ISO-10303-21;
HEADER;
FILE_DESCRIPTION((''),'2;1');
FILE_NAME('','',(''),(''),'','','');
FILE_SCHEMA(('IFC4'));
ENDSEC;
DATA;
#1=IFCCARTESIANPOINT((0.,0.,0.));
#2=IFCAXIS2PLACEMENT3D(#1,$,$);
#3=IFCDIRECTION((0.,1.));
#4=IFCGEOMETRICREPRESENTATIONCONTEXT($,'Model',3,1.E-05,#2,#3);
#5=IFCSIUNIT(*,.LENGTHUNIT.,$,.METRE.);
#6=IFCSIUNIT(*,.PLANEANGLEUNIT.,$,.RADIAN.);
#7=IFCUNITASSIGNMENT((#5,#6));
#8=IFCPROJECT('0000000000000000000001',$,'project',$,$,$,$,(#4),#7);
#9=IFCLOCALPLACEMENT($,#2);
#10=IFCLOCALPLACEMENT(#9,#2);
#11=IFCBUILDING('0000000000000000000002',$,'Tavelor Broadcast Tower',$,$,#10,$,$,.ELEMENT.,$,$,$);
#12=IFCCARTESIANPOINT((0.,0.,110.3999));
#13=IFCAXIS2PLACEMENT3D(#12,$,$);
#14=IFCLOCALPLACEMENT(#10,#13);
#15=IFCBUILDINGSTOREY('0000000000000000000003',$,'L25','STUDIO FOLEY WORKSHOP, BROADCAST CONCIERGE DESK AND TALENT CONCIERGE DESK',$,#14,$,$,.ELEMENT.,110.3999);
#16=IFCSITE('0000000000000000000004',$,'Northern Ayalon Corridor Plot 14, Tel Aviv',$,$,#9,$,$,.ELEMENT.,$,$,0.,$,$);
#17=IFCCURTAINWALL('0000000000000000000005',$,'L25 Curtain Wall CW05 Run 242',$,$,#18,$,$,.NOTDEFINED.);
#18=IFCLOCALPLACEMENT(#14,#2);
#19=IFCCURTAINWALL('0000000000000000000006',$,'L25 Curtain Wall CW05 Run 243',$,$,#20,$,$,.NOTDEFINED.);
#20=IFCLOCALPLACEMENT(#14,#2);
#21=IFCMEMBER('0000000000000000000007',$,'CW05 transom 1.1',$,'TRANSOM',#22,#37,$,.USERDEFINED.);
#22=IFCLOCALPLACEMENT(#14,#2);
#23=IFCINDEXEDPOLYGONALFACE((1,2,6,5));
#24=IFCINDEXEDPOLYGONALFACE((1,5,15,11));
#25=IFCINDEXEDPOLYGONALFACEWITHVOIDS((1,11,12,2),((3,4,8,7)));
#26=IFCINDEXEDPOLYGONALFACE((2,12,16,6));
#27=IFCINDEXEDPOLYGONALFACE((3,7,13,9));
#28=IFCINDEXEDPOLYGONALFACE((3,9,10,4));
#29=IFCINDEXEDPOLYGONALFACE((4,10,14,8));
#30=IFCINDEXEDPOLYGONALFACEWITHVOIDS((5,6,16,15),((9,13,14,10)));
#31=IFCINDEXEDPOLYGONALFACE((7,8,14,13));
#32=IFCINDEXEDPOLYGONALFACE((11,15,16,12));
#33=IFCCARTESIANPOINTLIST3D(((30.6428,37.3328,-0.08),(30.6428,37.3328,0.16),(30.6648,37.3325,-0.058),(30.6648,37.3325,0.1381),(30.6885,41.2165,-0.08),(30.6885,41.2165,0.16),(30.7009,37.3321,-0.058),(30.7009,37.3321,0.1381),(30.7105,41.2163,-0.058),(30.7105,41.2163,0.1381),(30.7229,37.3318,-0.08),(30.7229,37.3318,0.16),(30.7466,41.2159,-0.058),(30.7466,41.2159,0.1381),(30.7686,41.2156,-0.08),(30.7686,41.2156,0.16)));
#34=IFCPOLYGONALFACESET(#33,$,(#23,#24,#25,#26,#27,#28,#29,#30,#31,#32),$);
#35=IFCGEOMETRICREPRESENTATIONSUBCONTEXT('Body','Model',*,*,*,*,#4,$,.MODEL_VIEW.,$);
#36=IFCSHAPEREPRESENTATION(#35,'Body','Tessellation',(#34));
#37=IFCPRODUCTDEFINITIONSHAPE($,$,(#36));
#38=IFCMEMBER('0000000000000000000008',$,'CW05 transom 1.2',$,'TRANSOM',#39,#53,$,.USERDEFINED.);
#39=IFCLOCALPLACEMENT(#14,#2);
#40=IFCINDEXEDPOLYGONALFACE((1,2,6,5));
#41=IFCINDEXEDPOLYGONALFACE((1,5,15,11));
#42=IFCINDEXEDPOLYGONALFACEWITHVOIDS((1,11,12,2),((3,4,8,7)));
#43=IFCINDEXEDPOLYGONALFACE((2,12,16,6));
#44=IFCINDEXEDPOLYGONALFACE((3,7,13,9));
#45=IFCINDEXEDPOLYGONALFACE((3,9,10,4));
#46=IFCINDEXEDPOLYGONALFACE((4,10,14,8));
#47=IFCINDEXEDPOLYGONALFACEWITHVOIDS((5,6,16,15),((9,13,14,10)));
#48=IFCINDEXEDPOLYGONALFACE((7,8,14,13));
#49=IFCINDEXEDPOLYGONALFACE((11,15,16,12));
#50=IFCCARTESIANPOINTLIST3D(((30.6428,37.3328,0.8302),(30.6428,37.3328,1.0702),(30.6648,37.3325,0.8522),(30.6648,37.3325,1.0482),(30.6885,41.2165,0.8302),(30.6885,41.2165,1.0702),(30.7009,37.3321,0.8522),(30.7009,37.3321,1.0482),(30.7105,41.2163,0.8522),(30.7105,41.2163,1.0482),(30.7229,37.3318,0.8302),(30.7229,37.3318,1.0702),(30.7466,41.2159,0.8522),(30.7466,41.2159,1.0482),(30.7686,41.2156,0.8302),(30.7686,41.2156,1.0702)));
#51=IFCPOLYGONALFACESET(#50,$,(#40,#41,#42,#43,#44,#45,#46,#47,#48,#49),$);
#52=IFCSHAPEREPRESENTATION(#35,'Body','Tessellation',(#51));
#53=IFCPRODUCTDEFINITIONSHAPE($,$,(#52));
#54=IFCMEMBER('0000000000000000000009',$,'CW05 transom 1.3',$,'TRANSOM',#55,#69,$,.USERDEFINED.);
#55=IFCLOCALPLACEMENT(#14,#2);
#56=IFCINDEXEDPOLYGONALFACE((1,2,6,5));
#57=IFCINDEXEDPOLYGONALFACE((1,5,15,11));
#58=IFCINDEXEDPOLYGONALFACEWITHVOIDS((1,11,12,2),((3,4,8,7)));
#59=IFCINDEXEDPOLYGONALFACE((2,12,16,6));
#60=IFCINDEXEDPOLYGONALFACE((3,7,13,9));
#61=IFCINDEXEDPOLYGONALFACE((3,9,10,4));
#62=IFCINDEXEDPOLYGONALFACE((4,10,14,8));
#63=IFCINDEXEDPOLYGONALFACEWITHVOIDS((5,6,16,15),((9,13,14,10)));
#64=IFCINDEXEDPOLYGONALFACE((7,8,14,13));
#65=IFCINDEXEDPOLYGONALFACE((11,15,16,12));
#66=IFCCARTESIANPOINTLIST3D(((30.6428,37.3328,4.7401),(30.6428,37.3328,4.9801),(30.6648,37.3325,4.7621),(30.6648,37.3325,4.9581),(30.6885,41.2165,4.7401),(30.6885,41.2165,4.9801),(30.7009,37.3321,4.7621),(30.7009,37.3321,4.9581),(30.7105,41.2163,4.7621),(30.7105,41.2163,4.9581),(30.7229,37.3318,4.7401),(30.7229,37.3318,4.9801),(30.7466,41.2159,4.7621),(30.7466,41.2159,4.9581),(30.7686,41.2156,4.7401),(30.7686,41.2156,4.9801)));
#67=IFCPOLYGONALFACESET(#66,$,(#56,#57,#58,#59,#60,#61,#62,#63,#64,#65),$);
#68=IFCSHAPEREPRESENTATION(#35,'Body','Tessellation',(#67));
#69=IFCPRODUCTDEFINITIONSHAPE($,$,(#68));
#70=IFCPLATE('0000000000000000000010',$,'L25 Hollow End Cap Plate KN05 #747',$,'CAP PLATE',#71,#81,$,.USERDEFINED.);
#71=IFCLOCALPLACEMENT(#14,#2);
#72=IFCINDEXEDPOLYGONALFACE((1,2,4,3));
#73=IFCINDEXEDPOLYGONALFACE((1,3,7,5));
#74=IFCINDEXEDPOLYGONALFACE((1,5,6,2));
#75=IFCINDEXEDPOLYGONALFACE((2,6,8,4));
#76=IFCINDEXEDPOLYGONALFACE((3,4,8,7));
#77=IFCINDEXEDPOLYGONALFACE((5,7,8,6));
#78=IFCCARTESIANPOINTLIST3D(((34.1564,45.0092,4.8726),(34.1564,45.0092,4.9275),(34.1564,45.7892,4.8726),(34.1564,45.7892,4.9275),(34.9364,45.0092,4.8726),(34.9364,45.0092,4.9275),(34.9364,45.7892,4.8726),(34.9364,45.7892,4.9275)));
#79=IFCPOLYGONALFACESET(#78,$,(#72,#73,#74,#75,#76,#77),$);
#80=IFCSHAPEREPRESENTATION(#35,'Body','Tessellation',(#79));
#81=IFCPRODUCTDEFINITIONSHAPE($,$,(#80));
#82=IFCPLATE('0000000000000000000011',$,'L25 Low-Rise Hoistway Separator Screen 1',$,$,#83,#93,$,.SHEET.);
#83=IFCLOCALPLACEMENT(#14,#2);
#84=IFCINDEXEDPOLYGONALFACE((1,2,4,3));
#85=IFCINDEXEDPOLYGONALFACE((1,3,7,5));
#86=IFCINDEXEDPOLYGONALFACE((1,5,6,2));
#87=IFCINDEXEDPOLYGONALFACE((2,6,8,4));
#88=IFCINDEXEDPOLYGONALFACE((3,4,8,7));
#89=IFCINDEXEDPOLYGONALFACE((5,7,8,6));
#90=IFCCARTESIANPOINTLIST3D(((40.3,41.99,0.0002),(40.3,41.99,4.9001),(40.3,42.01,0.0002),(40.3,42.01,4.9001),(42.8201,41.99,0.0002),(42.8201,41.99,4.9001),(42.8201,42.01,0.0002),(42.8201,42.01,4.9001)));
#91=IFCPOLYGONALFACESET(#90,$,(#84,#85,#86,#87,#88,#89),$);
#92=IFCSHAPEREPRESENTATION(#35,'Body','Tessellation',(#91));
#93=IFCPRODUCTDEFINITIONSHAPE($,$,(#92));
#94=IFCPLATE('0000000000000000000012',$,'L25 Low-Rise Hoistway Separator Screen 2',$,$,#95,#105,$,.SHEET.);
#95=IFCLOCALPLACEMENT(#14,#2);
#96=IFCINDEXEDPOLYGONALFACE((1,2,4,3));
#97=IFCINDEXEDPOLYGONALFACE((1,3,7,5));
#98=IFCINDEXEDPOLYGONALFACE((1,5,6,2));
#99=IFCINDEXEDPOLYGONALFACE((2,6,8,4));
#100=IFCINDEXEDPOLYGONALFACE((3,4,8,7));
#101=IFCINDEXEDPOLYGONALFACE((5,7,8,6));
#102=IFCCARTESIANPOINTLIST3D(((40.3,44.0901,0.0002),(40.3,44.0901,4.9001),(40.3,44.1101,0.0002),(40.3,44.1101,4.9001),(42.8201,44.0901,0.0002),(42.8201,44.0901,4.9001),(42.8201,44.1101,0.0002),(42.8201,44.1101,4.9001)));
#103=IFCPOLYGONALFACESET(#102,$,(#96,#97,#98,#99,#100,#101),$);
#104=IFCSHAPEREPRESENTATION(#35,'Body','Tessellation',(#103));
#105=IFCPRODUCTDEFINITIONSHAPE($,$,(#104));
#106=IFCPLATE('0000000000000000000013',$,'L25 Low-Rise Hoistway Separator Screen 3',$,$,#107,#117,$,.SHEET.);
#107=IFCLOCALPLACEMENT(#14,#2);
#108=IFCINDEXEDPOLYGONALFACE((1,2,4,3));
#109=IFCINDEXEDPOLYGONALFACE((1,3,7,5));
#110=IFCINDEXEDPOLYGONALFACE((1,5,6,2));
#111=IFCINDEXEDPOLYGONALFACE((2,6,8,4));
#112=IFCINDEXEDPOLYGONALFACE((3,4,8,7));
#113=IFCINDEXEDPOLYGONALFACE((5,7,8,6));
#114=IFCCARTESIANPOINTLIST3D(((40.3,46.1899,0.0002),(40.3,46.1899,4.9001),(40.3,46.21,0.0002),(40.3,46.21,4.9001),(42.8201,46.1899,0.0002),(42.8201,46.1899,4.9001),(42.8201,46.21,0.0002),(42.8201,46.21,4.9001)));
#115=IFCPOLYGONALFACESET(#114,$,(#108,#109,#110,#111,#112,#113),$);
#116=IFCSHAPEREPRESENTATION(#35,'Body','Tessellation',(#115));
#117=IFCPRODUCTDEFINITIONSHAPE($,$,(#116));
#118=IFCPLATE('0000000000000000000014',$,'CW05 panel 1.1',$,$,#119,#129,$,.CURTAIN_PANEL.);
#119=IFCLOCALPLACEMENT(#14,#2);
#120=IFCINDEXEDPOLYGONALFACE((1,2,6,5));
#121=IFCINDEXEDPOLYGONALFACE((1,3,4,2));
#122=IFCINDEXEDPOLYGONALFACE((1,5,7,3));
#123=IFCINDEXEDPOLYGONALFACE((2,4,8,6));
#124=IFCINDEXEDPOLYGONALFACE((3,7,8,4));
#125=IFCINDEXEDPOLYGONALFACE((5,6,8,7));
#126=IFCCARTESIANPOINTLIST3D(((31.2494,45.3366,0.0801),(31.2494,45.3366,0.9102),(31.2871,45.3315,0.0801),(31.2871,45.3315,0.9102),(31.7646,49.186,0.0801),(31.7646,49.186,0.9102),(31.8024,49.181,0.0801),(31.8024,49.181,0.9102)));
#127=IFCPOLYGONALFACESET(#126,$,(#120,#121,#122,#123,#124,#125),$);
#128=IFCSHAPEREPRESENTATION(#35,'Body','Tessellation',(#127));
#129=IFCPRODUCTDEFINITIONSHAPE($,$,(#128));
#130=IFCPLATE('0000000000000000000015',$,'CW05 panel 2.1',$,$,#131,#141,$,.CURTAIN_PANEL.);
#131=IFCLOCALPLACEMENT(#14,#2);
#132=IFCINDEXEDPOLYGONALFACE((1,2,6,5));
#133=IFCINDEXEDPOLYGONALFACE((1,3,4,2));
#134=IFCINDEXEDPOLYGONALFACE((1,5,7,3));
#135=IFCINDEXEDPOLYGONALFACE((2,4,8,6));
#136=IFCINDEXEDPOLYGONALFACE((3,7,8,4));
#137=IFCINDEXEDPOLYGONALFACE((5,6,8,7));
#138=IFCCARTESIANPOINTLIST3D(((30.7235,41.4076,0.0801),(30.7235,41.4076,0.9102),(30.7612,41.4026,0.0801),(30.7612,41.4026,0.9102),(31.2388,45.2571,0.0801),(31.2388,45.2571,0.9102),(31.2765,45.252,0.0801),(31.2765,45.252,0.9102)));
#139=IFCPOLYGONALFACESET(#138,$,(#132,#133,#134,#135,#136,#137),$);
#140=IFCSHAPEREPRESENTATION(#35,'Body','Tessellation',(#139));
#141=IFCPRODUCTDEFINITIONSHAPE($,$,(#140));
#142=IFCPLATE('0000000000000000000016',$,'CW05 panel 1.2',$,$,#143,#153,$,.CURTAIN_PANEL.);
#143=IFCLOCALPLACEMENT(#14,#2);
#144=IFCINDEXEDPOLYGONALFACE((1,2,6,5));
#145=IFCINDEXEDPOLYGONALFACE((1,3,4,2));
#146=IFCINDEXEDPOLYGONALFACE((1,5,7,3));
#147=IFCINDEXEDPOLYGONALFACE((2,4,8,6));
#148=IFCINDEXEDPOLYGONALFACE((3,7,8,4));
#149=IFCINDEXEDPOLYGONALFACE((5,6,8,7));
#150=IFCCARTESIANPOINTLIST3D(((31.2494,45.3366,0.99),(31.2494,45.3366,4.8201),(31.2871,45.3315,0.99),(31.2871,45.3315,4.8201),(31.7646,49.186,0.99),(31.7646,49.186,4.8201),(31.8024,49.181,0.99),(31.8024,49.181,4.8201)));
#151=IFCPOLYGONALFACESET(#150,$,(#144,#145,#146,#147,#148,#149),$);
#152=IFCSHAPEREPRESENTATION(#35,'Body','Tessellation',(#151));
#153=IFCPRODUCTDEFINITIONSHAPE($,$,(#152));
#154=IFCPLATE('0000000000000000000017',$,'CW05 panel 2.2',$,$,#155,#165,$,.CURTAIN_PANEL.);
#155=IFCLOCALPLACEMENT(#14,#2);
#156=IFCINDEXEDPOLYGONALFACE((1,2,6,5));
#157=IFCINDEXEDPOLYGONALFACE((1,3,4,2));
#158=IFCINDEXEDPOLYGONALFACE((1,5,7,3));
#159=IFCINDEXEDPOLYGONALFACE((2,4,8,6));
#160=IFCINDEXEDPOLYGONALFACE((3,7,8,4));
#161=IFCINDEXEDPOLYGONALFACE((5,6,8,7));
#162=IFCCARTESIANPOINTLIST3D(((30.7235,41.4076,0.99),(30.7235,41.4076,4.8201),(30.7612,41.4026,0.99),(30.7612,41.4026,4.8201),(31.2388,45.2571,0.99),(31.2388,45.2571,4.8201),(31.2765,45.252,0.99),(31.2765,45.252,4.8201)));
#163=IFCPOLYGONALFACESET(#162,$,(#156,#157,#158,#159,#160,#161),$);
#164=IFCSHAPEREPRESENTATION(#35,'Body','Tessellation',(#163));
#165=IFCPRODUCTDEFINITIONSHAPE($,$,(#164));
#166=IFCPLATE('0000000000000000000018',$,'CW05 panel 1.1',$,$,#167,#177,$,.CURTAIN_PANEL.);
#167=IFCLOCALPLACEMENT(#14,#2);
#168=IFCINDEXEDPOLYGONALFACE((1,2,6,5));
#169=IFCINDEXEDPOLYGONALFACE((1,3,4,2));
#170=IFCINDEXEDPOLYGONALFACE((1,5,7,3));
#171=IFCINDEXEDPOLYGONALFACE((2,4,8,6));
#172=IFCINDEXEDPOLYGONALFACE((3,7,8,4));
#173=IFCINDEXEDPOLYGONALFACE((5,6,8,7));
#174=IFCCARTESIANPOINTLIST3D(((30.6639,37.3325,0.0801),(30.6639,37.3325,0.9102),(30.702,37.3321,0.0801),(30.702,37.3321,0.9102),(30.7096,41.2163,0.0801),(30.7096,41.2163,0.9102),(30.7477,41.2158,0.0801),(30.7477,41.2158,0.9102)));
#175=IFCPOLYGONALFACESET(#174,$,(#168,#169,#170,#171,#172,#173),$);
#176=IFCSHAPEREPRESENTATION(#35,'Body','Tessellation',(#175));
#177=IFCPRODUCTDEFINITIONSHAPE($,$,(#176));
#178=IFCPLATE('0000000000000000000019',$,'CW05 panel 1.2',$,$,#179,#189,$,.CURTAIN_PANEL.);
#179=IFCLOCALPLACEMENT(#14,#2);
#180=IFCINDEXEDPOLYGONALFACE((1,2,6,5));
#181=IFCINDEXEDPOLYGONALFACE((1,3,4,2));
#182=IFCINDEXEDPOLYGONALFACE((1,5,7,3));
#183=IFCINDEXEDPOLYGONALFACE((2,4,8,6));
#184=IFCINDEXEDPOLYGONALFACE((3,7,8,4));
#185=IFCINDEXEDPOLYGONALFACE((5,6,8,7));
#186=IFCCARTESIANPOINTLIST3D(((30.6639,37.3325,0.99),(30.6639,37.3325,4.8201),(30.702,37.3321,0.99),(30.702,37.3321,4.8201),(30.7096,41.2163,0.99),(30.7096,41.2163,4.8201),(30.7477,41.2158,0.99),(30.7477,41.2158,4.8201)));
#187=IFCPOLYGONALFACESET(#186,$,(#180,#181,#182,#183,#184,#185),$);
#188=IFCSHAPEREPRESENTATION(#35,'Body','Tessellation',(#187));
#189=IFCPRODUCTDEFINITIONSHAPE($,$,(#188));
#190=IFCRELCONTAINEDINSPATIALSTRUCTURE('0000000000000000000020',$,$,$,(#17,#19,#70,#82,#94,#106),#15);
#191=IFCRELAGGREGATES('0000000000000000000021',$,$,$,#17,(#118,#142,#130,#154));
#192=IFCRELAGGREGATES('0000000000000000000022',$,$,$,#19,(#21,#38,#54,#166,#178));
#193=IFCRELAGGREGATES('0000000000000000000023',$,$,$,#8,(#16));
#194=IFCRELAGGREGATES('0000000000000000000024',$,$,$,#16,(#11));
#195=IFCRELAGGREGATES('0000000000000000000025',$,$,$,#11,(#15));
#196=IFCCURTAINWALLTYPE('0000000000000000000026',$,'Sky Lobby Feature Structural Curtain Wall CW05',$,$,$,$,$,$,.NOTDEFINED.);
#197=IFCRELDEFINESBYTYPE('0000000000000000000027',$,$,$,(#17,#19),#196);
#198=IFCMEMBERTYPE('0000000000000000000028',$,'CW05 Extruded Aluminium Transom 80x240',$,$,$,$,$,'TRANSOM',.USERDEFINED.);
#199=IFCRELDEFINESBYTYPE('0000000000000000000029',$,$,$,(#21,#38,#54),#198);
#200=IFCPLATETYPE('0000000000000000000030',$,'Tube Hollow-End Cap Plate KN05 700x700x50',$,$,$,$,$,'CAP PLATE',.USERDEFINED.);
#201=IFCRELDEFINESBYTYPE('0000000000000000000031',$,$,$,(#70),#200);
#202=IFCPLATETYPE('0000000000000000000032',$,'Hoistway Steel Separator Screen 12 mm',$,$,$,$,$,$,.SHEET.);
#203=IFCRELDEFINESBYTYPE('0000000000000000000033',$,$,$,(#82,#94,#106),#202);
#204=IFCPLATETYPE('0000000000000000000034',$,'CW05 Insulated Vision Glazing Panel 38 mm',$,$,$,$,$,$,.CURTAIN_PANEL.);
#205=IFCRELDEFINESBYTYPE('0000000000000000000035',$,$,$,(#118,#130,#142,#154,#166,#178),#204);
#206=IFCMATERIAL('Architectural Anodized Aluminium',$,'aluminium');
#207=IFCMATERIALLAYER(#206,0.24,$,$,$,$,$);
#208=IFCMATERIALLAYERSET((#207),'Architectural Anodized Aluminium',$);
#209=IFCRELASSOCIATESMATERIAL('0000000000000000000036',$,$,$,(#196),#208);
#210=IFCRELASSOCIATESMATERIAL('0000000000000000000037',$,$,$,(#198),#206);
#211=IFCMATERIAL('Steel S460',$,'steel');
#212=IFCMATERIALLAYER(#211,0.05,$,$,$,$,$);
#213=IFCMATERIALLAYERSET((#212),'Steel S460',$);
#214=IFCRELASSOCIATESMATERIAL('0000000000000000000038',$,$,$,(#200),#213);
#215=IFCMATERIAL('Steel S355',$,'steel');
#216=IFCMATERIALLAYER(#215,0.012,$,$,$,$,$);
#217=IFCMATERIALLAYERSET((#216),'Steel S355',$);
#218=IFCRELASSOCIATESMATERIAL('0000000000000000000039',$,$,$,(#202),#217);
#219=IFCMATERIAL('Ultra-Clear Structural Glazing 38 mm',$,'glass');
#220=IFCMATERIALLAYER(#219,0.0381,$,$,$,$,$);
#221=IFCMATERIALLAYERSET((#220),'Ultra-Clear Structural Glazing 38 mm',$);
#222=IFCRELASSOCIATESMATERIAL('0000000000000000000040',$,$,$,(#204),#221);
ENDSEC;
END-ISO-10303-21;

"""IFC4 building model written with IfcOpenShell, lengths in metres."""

from ifc_helpers import new_model, si_unit, direction, frame, origin, origin_2d, place, context, subcontext, project, spatial, rectangle, hollow_rectangle, extrude, source, transform, mapped, material, layer, layer_set, material_profile, profile_set, type_object, type_shapes, element, aggregate, save


model = new_model("IFC4")

# Units and contexts
model_context = context("Model", 3, precision=1e-05, world=origin(), true_north=direction((0.0, 1.0)))
body_context = subcontext(model_context, "Body", "Model", "MODEL_VIEW")
ifc_project = project(units=[si_unit("LENGTHUNIT", "METRE"), si_unit("PLANEANGLEUNIT", "RADIAN")], contexts=[model_context])

# Site, building, storey
site_placement = place(None, origin())
site = spatial("IfcSite", under=ifc_project, at=site_placement, Name="Northern Ayalon Corridor Plot 14, Tel Aviv", CompositionType="ELEMENT", RefElevation=0.0)
building_placement = place(site_placement, origin())
building = spatial("IfcBuilding", under=site, at=building_placement, Name="Tavelor Broadcast Tower", CompositionType="ELEMENT")
storey_placement = place(building_placement, frame((0.0, 0.0, 110.3999)))
storey = spatial("IfcBuildingStorey", under=building, at=storey_placement, Name="L25", Description="STUDIO FOLEY WORKSHOP, BROADCAST CONCIERGE DESK AND TALENT CONCIERGE DESK", CompositionType="ELEMENT", Elevation=110.3999)

# Shared definitions
ifc_material_1 = material(Name="Steel S460", Category="steel")

# Shared definitions
ifc_material_2 = material(Name="Steel S355", Category="steel")

# Curtain wall
ifc_material_3 = material(Name="Architectural Anodized Aluminium", Category="aluminium")
ifc_layer_1 = layer(ifc_material_3, 0.24)
ifc_layer_set_1 = layer_set([ifc_layer_1], Name="Architectural Anodized Aluminium")
curtain_wall_type = type_object("IfcCurtainWallType", Name="Sky Lobby Feature Structural Curtain Wall CW05", PredefinedType="NOTDEFINED", material=ifc_layer_set_1)
curtain_wall_1_placement = place(storey_placement, origin())
curtain_wall_1 = element("IfcCurtainWall", 1, at=curtain_wall_1_placement, inside=storey, type_object=curtain_wall_type, Name="L25 Curtain Wall CW05 Run 242", PredefinedType="NOTDEFINED")

# Curtain wall
curtain_wall_2_placement = place(storey_placement, origin())
curtain_wall_2 = element("IfcCurtainWall", 2, at=curtain_wall_2_placement, inside=storey, type_object=curtain_wall_type, Name="L25 Curtain Wall CW05 Run 243", PredefinedType="NOTDEFINED")

# Members
ifc_material_profile_1 = material_profile(ifc_material_3, hollow_rectangle(XDim=0.0801, YDim=0.24, WallThickness=0.022, at=origin_2d()), Name="RHS 80x240x22")
ifc_profile_set_1 = profile_set([ifc_material_profile_1], Name="Architectural Anodized Aluminium")
member_type_1 = type_object("IfcMemberType", Name="CW05 Extruded Aluminium Transom 80x240", ElementType="TRANSOM", PredefinedType="USERDEFINED", material=ifc_profile_set_1)
shared_shape_1 = source(origin(), body_context, "Body", "SweptSolid", [
    extrude(hollow_rectangle(XDim=0.0801, YDim=0.24, WallThickness=0.022, at=origin_2d()), origin(), (0.0, 0.0, 1.0), 3.884),
])
type_shapes(member_type_1, [shared_shape_1])
member_1_placement = place(storey_placement, frame((30.7285, 41.2161, 0.04), z_axis=(-0.011754, -0.999931, 0.0), x_axis=(0.999931, -0.011754, 0.0)))
member_1 = element("IfcMember", 3, at=member_1_placement, type_object=member_type_1, Name="CW05 transom 1.1", ObjectType="TRANSOM", PredefinedType="USERDEFINED", context=body_context, shape_type="MappedRepresentation", body=[
    mapped(shared_shape_1, transform((0.0, 0.0, 0.0), scale=1.0)),
])
member_2_placement = place(storey_placement, frame((30.7285, 41.2161, 0.9502), z_axis=(-0.011754, -0.999931, 0.0), x_axis=(0.999931, -0.011754, 0.0)))
member_2 = element("IfcMember", 4, at=member_2_placement, type_object=member_type_1, Name="CW05 transom 1.2", ObjectType="TRANSOM", PredefinedType="USERDEFINED", context=body_context, shape_type="MappedRepresentation", body=[
    mapped(shared_shape_1, transform((0.0, 0.0, 0.0), scale=1.0)),
])
member_3_placement = place(storey_placement, frame((30.7285, 41.2161, 4.8601), z_axis=(-0.011754, -0.999931, 0.0), x_axis=(0.999931, -0.011754, 0.0)))
member_3 = element("IfcMember", 5, at=member_3_placement, type_object=member_type_1, Name="CW05 transom 1.3", ObjectType="TRANSOM", PredefinedType="USERDEFINED", context=body_context, shape_type="MappedRepresentation", body=[
    mapped(shared_shape_1, transform((0.0, 0.0, 0.0), scale=1.0)),
])

# Plates
ifc_layer_2 = layer(ifc_material_1, 0.05)
ifc_layer_set_2 = layer_set([ifc_layer_2], Name="Steel S460")
plate_type_1 = type_object("IfcPlateType", Name="Tube Hollow-End Cap Plate KN05 700x700x50", ElementType="CAP PLATE", PredefinedType="USERDEFINED", material=ifc_layer_set_2)
shared_shape_2 = source(origin(), body_context, "Body", "SweptSolid", [
    extrude(rectangle(XDim=0.78, YDim=0.78, at=origin_2d()), origin(), (0.0, 0.0, 1.0), 0.0549),
])
type_shapes(plate_type_1, [shared_shape_2])
plate_1_placement = place(storey_placement, frame((34.5464, 45.3992, 4.8726), z_axis=(0.0, 0.0, 1.0), x_axis=(1.0, 0.0, 0.0)))
element("IfcPlate", 6, at=plate_1_placement, inside=storey, type_object=plate_type_1, Name="L25 Hollow End Cap Plate KN05 #747", ObjectType="CAP PLATE", PredefinedType="USERDEFINED", context=body_context, shape_type="MappedRepresentation", body=[
    mapped(shared_shape_2, transform((0.0, 0.0, 0.0), scale=1.0)),
])
ifc_layer_3 = layer(ifc_material_2, 0.012)
ifc_layer_set_3 = layer_set([ifc_layer_3], Name="Steel S355")
plate_type_2 = type_object("IfcPlateType", Name="Hoistway Steel Separator Screen 12 mm", PredefinedType="SHEET", material=ifc_layer_set_3)
shared_shape_3 = source(origin(), body_context, "Body", "SweptSolid", [
    extrude(rectangle(XDim=2.52, YDim=0.02, at=origin_2d()), origin(), (0.0, 0.0, 1.0), 4.8999),
])
type_shapes(plate_type_2, [shared_shape_3])
for number, where, z_axis, x_axis, name in (
    (7, (41.5601, 42.0, 0.0002), (0.0, 0.0, 1.0), (1.0, 0.0, 0.0), "L25 Low-Rise Hoistway Separator Screen 1"),
    (8, (41.5601, 44.1001, 0.0002), (0.0, 0.0, 1.0), (1.0, 0.0, 0.0), "L25 Low-Rise Hoistway Separator Screen 2"),
    (9, (41.5601, 46.2, 0.0002), (0.0, 0.0, 1.0), (1.0, 0.0, 0.0), "L25 Low-Rise Hoistway Separator Screen 3"),
):
    element("IfcPlate", number, at=place(storey_placement, frame(where, z_axis=z_axis, x_axis=x_axis)), inside=storey, type_object=plate_type_2, Name=name, PredefinedType="SHEET", context=body_context, shape_type="MappedRepresentation", body=[
        mapped(shared_shape_3, transform((0.0, 0.0, 0.0), scale=1.0)),
    ])

# Plates
ifc_material_4 = material(Name="Ultra-Clear Structural Glazing 38 mm", Category="glass")
ifc_layer_4 = layer(ifc_material_4, 0.0381)
ifc_layer_set_4 = layer_set([ifc_layer_4], Name="Ultra-Clear Structural Glazing 38 mm")
plate_type_3 = type_object("IfcPlateType", Name="CW05 Insulated Vision Glazing Panel 38 mm", PredefinedType="CURTAIN_PANEL", material=ifc_layer_set_4)
shared_shape_4 = source(origin(), body_context, "Body", "SweptSolid", [
    extrude(rectangle(XDim=3.8838, YDim=0.0381, at=origin_2d()), origin(), (0.0, 0.0, 1.0), 0.8301),
])
plate_2_placement = place(storey_placement, frame((31.5259, 47.2588, 0.0801), z_axis=(0.0, 0.0, 1.0), x_axis=(-0.132671, -0.99116, 0.0)))
plate_2 = element("IfcPlate", 10, at=plate_2_placement, type_object=plate_type_3, Name="CW05 panel 1.1", PredefinedType="CURTAIN_PANEL", context=body_context, shape_type="MappedRepresentation", body=[
    mapped(shared_shape_4, transform((0.0, 0.0, 0.0), scale=1.0)),
])
plate_3_placement = place(storey_placement, frame((31.0, 43.3298, 0.0801), z_axis=(0.0, 0.0, 1.0), x_axis=(-0.132671, -0.99116, 0.0)))
plate_3 = element("IfcPlate", 11, at=plate_3_placement, type_object=plate_type_3, Name="CW05 panel 2.1", PredefinedType="CURTAIN_PANEL", context=body_context, shape_type="MappedRepresentation", body=[
    mapped(shared_shape_4, transform((0.0, 0.0, 0.0), scale=1.0)),
])
shared_shape_5 = source(origin(), body_context, "Body", "SweptSolid", [
    extrude(rectangle(XDim=3.8838, YDim=0.0381, at=origin_2d()), origin(), (0.0, 0.0, 1.0), 3.8301),
])
plate_4_placement = place(storey_placement, frame((31.5259, 47.2588, 0.99), z_axis=(0.0, 0.0, 1.0), x_axis=(-0.132671, -0.99116, 0.0)))
plate_4 = element("IfcPlate", 12, at=plate_4_placement, type_object=plate_type_3, Name="CW05 panel 1.2", PredefinedType="CURTAIN_PANEL", context=body_context, shape_type="MappedRepresentation", body=[
    mapped(shared_shape_5, transform((0.0, 0.0, 0.0), scale=1.0)),
])
plate_5_placement = place(storey_placement, frame((31.0, 43.3298, 0.99), z_axis=(0.0, 0.0, 1.0), x_axis=(-0.132671, -0.99116, 0.0)))
plate_5 = element("IfcPlate", 13, at=plate_5_placement, type_object=plate_type_3, Name="CW05 panel 2.2", PredefinedType="CURTAIN_PANEL", context=body_context, shape_type="MappedRepresentation", body=[
    mapped(shared_shape_5, transform((0.0, 0.0, 0.0), scale=1.0)),
])
aggregate(curtain_wall_1, [plate_2, plate_4, plate_3, plate_5])
shared_shape_6 = source(origin(), body_context, "Body", "SweptSolid", [
    extrude(rectangle(XDim=3.884, YDim=0.0381, at=origin_2d()), origin(), (0.0, 0.0, 1.0), 0.8301),
])
plate_6_placement = place(storey_placement, frame((30.7058, 39.2742, 0.0801), z_axis=(0.0, 0.0, 1.0), x_axis=(-0.011763, -0.999931, 0.0)))
plate_6 = element("IfcPlate", 14, at=plate_6_placement, type_object=plate_type_3, Name="CW05 panel 1.1", PredefinedType="CURTAIN_PANEL", context=body_context, shape_type="MappedRepresentation", body=[
    mapped(shared_shape_6, transform((0.0, 0.0, 0.0), scale=1.0)),
])
shared_shape_7 = source(origin(), body_context, "Body", "SweptSolid", [
    extrude(rectangle(XDim=3.884, YDim=0.0381, at=origin_2d()), origin(), (0.0, 0.0, 1.0), 3.8301),
])
type_shapes(plate_type_3, [shared_shape_4, shared_shape_5, shared_shape_6, shared_shape_7])
plate_7_placement = place(storey_placement, frame((30.7058, 39.2742, 0.99), z_axis=(0.0, 0.0, 1.0), x_axis=(-0.011763, -0.999931, 0.0)))
plate_7 = element("IfcPlate", 15, at=plate_7_placement, type_object=plate_type_3, Name="CW05 panel 1.2", PredefinedType="CURTAIN_PANEL", context=body_context, shape_type="MappedRepresentation", body=[
    mapped(shared_shape_7, transform((0.0, 0.0, 0.0), scale=1.0)),
])
aggregate(curtain_wall_2, [member_1, member_2, member_3, plate_6, plate_7])

save(model, "model.ifc")
